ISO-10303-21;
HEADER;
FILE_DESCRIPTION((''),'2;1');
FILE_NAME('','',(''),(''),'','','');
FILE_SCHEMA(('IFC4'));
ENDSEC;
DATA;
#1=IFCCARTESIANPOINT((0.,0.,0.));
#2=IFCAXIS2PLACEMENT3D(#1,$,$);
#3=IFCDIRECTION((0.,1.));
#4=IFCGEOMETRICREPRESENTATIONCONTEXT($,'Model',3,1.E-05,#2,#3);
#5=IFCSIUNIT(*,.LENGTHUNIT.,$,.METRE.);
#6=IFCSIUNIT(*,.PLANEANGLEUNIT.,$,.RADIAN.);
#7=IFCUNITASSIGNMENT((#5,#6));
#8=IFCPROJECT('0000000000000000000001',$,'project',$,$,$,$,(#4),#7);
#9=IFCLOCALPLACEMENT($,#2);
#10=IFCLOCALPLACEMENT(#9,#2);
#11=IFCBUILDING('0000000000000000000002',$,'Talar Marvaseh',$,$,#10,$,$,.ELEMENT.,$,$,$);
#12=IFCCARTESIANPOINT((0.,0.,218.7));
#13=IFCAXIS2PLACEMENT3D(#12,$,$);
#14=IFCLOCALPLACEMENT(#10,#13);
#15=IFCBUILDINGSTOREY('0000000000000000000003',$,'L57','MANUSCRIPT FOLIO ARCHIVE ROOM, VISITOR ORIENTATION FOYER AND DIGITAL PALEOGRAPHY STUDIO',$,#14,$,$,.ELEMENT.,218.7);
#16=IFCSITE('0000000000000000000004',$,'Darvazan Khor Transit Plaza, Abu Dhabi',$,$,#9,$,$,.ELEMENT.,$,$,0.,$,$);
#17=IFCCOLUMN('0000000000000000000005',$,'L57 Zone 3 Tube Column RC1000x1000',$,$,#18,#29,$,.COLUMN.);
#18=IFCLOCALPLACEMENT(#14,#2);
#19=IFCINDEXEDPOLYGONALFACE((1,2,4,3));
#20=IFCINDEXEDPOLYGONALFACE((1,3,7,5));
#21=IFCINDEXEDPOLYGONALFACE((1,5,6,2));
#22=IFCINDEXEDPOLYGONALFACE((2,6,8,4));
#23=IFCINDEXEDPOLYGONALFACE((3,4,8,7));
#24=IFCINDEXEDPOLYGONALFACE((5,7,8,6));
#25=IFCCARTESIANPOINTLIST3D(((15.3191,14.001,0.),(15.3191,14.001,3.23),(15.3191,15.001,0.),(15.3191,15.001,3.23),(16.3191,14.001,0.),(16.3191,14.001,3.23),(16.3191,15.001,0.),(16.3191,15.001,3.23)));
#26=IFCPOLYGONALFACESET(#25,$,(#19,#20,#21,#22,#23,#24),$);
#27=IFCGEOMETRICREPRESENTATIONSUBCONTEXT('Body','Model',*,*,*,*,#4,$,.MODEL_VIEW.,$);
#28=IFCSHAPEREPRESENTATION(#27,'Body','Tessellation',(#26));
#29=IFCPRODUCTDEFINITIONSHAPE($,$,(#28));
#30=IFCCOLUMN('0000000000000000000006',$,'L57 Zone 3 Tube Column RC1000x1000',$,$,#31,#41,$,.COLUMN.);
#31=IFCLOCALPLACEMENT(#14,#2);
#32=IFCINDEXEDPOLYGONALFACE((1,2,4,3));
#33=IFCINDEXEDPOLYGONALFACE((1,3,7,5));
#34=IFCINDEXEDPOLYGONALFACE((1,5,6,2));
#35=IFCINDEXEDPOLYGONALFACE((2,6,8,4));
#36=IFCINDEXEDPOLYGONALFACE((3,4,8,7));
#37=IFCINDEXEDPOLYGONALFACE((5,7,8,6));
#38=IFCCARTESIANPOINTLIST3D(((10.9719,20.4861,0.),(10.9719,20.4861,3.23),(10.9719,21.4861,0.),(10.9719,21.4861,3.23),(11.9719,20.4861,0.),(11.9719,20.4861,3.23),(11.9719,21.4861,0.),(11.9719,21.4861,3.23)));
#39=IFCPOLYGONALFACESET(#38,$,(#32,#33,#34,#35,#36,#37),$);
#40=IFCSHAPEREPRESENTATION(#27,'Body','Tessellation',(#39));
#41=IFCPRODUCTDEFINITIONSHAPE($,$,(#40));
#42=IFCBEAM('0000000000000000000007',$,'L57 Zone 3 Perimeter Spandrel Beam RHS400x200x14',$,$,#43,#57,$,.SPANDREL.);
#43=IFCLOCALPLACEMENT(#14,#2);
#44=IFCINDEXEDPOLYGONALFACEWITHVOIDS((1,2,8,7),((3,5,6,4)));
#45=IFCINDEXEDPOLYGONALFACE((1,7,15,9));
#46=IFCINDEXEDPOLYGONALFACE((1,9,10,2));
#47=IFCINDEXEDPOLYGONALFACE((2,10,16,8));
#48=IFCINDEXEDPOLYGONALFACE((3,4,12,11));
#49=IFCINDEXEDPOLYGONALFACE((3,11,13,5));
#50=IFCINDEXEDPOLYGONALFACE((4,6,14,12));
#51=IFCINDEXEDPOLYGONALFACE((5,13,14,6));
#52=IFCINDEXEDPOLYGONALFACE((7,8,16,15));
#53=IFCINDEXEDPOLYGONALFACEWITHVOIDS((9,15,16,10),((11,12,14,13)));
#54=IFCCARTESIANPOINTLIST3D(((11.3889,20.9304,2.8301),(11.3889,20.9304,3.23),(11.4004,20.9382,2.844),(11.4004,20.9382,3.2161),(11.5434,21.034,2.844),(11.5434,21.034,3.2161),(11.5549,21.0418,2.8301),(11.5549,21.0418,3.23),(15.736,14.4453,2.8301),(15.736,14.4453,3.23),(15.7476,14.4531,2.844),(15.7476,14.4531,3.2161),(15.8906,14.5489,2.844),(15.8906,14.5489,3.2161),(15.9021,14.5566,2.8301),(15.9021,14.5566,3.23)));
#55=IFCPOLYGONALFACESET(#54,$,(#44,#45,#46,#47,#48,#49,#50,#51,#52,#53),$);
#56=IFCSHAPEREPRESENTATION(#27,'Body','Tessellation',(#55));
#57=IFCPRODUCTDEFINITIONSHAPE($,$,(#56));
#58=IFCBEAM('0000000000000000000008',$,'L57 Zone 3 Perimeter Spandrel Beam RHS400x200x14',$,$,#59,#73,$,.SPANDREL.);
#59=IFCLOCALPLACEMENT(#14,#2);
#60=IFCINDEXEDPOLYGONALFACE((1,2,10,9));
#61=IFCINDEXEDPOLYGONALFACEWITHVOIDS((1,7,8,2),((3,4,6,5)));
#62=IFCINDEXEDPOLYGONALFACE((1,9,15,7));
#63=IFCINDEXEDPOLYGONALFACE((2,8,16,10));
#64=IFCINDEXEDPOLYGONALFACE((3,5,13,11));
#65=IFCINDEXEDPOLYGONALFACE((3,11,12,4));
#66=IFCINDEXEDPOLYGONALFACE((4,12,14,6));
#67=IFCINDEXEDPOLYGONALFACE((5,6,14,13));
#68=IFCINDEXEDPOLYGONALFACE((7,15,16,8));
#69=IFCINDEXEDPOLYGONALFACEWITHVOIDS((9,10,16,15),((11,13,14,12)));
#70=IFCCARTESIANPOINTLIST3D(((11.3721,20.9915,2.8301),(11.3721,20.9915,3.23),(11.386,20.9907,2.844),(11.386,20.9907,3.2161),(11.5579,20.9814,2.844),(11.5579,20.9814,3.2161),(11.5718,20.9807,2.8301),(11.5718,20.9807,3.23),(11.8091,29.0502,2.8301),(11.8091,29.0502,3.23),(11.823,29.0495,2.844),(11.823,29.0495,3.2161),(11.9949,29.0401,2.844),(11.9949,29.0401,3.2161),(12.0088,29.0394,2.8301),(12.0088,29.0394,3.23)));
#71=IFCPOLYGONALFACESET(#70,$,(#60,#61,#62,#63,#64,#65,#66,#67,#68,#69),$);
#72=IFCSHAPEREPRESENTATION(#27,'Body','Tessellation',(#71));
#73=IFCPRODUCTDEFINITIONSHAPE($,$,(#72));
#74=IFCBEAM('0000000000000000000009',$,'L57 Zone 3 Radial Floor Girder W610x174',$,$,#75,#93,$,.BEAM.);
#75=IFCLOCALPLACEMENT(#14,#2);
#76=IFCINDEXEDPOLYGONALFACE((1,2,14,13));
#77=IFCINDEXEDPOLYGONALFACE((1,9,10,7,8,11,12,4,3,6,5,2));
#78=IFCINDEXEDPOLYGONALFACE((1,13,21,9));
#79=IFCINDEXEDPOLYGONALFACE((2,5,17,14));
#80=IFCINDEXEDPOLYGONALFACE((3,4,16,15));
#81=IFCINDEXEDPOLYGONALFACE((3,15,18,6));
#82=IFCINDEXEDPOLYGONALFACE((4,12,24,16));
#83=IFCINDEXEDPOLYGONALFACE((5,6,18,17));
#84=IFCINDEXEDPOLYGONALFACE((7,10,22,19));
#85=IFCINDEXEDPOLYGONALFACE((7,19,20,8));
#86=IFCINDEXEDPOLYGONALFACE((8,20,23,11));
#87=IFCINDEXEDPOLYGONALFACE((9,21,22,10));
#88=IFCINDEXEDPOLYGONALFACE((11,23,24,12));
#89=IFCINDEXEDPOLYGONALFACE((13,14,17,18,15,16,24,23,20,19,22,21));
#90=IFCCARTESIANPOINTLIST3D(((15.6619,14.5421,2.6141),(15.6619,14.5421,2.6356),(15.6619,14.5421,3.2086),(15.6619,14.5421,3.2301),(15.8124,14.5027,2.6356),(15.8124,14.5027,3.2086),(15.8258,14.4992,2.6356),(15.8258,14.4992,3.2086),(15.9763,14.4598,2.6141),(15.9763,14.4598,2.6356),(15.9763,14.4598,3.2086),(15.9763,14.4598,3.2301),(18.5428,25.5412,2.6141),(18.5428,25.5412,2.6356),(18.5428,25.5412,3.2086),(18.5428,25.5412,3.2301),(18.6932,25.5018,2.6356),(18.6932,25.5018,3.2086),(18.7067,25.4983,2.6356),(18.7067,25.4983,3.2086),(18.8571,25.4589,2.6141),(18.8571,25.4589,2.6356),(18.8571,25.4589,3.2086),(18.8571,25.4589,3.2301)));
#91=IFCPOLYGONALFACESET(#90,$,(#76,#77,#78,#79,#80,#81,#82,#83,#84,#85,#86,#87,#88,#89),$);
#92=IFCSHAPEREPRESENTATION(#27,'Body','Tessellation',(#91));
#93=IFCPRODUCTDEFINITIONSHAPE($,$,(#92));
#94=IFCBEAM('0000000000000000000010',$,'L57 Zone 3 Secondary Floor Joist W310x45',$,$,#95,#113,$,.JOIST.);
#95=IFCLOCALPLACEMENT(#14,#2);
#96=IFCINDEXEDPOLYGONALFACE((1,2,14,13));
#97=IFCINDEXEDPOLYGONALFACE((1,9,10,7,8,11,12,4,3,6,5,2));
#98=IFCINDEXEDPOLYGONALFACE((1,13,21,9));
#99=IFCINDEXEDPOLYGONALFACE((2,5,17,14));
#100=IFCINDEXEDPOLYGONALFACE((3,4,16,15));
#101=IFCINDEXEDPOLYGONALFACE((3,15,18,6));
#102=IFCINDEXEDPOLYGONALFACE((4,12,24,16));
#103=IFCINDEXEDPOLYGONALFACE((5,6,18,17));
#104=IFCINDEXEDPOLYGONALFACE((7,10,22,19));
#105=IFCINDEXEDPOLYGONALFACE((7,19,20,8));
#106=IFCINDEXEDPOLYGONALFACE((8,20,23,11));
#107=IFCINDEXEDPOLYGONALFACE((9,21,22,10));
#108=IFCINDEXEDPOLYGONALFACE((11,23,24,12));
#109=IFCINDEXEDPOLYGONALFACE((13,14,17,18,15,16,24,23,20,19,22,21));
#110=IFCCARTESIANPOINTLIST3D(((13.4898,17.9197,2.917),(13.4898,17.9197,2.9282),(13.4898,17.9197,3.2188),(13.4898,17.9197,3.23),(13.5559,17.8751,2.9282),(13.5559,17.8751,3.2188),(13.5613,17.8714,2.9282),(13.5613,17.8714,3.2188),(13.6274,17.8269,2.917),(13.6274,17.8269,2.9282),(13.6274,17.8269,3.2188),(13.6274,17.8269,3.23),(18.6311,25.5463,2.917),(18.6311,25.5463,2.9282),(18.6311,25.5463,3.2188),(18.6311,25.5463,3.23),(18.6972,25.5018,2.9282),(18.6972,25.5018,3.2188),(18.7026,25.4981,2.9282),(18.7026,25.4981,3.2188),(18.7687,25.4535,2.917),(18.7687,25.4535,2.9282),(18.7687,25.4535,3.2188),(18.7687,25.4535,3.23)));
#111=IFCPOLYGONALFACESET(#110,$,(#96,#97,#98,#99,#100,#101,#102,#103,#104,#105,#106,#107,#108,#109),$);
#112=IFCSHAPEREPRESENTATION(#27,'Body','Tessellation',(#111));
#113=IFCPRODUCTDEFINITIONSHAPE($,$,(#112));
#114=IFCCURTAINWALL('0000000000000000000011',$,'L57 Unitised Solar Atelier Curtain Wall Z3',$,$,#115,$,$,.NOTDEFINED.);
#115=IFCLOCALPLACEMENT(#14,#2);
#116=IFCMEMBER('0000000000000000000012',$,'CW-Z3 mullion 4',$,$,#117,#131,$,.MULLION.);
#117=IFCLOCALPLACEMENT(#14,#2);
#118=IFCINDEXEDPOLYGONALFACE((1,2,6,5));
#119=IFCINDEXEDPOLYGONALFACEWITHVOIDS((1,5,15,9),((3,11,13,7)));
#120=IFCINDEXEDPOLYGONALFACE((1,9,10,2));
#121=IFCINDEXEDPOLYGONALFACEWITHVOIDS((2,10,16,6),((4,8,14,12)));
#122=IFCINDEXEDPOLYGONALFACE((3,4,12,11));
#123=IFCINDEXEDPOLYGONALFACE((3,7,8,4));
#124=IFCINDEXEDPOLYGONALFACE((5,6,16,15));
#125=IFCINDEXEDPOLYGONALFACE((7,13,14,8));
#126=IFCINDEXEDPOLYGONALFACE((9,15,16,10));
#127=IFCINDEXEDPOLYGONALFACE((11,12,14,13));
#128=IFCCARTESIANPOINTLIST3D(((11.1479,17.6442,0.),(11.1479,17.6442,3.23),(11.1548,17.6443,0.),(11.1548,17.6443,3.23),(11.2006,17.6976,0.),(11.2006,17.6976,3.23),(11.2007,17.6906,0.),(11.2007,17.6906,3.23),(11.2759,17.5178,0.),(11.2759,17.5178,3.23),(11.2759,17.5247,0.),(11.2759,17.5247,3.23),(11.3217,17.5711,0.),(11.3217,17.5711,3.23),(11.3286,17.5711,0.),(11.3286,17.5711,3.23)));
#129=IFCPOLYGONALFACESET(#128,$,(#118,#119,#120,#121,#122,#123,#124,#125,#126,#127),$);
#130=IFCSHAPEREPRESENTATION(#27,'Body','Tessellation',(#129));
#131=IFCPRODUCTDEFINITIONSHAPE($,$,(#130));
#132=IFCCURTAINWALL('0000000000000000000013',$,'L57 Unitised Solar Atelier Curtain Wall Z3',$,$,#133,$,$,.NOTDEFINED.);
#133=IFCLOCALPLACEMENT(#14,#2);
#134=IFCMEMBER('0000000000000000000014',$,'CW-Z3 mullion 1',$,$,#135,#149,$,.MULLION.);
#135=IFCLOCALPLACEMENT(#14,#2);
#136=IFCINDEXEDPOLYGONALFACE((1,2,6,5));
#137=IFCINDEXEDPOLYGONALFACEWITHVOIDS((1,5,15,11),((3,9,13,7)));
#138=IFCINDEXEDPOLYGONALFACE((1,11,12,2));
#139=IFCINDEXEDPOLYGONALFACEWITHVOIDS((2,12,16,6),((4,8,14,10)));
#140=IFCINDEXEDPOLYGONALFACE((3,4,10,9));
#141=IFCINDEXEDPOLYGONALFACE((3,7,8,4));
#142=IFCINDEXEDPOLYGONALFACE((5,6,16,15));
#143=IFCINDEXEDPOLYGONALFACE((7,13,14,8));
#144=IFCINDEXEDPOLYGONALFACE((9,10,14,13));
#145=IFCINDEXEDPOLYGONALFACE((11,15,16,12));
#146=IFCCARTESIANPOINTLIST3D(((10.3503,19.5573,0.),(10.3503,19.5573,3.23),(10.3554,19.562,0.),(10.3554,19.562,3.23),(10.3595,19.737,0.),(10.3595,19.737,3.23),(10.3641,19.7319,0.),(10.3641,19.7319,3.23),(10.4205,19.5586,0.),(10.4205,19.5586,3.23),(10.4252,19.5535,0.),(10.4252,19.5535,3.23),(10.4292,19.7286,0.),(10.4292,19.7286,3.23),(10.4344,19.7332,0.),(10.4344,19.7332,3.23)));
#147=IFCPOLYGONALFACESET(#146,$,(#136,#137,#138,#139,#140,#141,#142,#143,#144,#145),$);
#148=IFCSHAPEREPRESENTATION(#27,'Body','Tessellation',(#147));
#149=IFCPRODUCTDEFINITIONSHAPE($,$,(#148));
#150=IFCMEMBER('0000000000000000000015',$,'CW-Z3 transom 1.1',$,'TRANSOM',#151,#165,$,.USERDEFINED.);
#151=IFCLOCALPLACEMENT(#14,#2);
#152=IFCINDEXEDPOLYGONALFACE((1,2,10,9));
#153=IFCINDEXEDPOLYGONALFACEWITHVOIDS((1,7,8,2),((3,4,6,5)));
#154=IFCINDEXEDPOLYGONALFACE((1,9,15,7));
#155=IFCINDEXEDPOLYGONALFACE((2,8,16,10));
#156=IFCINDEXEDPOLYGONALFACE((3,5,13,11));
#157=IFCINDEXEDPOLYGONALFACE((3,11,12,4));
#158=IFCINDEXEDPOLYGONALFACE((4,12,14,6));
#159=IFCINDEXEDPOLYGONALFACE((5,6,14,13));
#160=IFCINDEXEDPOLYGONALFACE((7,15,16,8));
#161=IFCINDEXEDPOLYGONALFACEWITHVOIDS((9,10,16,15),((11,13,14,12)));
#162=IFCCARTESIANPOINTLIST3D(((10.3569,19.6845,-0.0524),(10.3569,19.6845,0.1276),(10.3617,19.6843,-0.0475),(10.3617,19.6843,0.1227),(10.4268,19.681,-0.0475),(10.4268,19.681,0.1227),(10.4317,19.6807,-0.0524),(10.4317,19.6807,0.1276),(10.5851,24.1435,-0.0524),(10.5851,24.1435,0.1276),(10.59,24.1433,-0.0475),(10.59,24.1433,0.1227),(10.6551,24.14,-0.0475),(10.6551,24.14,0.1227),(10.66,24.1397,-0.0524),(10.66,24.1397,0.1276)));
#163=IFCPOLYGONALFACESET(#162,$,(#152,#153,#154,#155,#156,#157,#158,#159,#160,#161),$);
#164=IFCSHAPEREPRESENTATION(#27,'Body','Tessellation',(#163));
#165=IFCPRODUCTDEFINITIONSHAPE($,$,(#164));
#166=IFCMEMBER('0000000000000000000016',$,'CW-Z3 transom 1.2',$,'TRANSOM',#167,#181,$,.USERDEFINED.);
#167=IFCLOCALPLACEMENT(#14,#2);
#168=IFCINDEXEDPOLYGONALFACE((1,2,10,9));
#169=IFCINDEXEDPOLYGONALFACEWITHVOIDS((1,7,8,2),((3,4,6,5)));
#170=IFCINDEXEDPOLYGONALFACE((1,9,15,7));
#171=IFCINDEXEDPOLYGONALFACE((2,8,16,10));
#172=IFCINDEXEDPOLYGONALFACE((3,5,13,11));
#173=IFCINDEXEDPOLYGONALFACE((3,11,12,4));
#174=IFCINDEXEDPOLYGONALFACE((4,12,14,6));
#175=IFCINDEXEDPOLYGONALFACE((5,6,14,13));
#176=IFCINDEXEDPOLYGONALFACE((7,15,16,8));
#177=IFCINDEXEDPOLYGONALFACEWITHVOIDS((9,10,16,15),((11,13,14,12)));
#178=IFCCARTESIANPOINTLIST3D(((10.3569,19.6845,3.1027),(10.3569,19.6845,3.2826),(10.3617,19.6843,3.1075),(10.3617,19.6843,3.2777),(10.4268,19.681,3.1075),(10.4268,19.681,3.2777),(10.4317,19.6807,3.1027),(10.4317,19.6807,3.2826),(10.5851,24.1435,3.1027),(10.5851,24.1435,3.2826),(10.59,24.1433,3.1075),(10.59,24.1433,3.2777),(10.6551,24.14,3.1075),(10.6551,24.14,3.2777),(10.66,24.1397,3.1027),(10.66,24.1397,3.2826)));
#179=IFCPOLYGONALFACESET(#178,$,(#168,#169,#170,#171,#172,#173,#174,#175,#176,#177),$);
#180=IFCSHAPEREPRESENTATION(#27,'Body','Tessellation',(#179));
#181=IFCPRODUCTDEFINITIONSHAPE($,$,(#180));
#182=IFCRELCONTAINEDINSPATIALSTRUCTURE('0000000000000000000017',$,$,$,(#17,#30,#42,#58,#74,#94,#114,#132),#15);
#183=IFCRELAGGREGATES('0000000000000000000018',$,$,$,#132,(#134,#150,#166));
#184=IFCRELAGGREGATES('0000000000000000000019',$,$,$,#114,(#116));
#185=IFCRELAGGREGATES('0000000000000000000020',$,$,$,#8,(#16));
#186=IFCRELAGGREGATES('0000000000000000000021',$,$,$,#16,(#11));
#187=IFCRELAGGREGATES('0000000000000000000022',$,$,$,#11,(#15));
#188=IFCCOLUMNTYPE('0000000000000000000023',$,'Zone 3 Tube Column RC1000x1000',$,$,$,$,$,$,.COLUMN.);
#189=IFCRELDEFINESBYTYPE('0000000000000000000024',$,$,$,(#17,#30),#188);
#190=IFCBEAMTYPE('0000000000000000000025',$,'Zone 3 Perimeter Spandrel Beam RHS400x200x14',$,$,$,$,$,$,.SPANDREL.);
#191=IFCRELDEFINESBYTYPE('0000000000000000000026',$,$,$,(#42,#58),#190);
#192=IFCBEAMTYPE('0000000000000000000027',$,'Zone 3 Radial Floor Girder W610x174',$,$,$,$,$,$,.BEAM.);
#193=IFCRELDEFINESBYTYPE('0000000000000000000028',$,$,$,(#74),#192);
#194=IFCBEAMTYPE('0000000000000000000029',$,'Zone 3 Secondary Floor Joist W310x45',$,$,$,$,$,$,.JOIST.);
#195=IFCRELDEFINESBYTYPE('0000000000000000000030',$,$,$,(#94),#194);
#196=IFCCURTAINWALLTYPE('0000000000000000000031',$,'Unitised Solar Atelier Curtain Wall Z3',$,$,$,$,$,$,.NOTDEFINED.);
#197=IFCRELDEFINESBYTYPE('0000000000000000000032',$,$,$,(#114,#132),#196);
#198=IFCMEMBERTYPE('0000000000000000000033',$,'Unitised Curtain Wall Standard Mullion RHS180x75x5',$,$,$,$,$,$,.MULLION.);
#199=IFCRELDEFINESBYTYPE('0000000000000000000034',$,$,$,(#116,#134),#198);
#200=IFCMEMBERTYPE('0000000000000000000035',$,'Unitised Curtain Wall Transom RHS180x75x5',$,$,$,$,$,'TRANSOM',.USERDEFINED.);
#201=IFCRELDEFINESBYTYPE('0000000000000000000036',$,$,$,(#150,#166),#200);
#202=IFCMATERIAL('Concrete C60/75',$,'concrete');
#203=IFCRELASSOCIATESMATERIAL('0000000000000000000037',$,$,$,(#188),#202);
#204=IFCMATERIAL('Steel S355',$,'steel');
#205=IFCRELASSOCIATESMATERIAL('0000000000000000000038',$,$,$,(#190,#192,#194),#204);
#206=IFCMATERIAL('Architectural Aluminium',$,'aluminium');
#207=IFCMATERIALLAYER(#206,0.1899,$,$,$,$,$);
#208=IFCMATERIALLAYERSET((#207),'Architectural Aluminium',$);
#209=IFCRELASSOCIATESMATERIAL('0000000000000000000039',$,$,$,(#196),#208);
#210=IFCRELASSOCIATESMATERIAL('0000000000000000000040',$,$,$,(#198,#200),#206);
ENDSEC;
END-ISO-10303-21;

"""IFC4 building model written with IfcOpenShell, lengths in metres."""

from ifc_helpers import new_model, si_unit, direction, frame, origin, origin_2d, place, context, subcontext, project, spatial, rectangle, hollow_rectangle, i_section, extrude, source, transform, mapped, material, layer, layer_set, material_profile, profile_set, type_object, type_shapes, element, aggregate, save


model = new_model("IFC4")

# Units and contexts
model_context = context("Model", 3, precision=1e-05, world=origin(), true_north=direction((0.0, 1.0)))
body_context = subcontext(model_context, "Body", "Model", "MODEL_VIEW")
ifc_project = project(units=[si_unit("LENGTHUNIT", "METRE"), si_unit("PLANEANGLEUNIT", "RADIAN")], contexts=[model_context])

# Site, building, storey
site_placement = place(None, origin())
site = spatial("IfcSite", under=ifc_project, at=site_placement, Name="Darvazan Khor Transit Plaza, Abu Dhabi", CompositionType="ELEMENT", RefElevation=0.0)
building_placement = place(site_placement, origin())
building = spatial("IfcBuilding", under=site, at=building_placement, Name="Talar Marvaseh", CompositionType="ELEMENT")
storey_placement = place(building_placement, frame((0.0, 0.0, 218.7)))
storey = spatial("IfcBuildingStorey", under=building, at=storey_placement, Name="L57", Description="MANUSCRIPT FOLIO ARCHIVE ROOM, VISITOR ORIENTATION FOYER AND DIGITAL PALEOGRAPHY STUDIO", CompositionType="ELEMENT", Elevation=218.7)

# Columns
ifc_material_1 = material(Name="Concrete C60/75", Category="concrete")
ifc_material_profile_1 = material_profile(ifc_material_1, rectangle(XDim=1.0, YDim=1.0, at=origin_2d()), Name="RC1000x1000")
ifc_profile_set_1 = profile_set([ifc_material_profile_1], Name="Concrete C60/75")
column_type = type_object("IfcColumnType", Name="Zone 3 Tube Column RC1000x1000", PredefinedType="COLUMN", material=ifc_profile_set_1)
for number, where, z_axis, x_axis, name in (
    (1, (15.8191, 14.501, 0.0), (0.0, 0.0, 1.0), (1.0, 0.0, 0.0), "L57 Zone 3 Tube Column RC1000x1000"),
    (2, (11.4719, 20.9861, 0.0), (0.0, 0.0, 1.0), (1.0, 0.0, 0.0), "L57 Zone 3 Tube Column RC1000x1000"),
):
    element("IfcColumn", number, at=place(storey_placement, frame(where, z_axis=z_axis, x_axis=x_axis)), inside=storey, type_object=column_type, Name=name, PredefinedType="COLUMN", context=body_context, shape_type="SweptSolid", body=[
        extrude(rectangle(XDim=1.0, YDim=1.0, at=origin_2d()), origin(), (0.0, 0.0, 1.0), 3.23),
    ])

# Beams
ifc_material_2 = material(Name="Steel S355", Category="steel")
ifc_material_profile_2 = material_profile(ifc_material_2, hollow_rectangle(XDim=0.2, YDim=0.3999, WallThickness=0.0139, at=origin_2d()), Name="RHS400x200x14")
ifc_profile_set_2 = profile_set([ifc_material_profile_2], Name="Steel S355")
beam_type_1 = type_object("IfcBeamType", Name="Zone 3 Perimeter Spandrel Beam RHS400x200x14", PredefinedType="SPANDREL", material=ifc_profile_set_2)
beam_1_placement = place(storey_placement, frame((15.8191, 14.501, 3.03), z_axis=(-0.556806, 0.830643, 0.0), x_axis=(-0.830643, -0.556806, 0.0)))
element("IfcBeam", 3, at=beam_1_placement, inside=storey, type_object=beam_type_1, Name="L57 Zone 3 Perimeter Spandrel Beam RHS400x200x14", PredefinedType="SPANDREL", context=body_context, shape_type="SweptSolid", body=[
    extrude(hollow_rectangle(XDim=0.2, YDim=0.3999, WallThickness=0.0139, at=origin_2d()), origin(), (0.0, 0.0, 1.0), 7.8074),
])
beam_2_placement = place(storey_placement, frame((11.4719, 20.9861, 3.03), z_axis=(0.054148, 0.998533, 0.0), x_axis=(-0.998533, 0.054148, 0.0)))
element("IfcBeam", 4, at=beam_2_placement, inside=storey, type_object=beam_type_1, Name="L57 Zone 3 Perimeter Spandrel Beam RHS400x200x14", PredefinedType="SPANDREL", context=body_context, shape_type="SweptSolid", body=[
    extrude(hollow_rectangle(XDim=0.2, YDim=0.3999, WallThickness=0.0139, at=origin_2d()), origin(), (0.0, 0.0, 1.0), 8.0706),
])
ifc_material_profile_3 = material_profile(ifc_material_2, i_section(OverallWidth=0.325, OverallDepth=0.616, WebThickness=0.0139, FlangeThickness=0.0215, at=origin_2d()), Name="W610x174")
ifc_profile_set_3 = profile_set([ifc_material_profile_3], Name="Steel S355")
beam_type_2 = type_object("IfcBeamType", Name="Zone 3 Radial Floor Girder W610x174", PredefinedType="BEAM", material=ifc_profile_set_3)
beam_3_placement = place(storey_placement, frame((15.8191, 14.501, 2.9221), z_axis=(0.253373, 0.967369, 0.0), x_axis=(-0.967369, 0.253373, 0.0)))
element("IfcBeam", 5, at=beam_3_placement, inside=storey, type_object=beam_type_2, Name="L57 Zone 3 Radial Floor Girder W610x174", PredefinedType="BEAM", context=body_context, shape_type="SweptSolid", body=[
    extrude(i_section(OverallWidth=0.325, OverallDepth=0.616, WebThickness=0.0139, FlangeThickness=0.0215, at=origin_2d()), origin(), (0.0, 0.0, 1.0), 11.3701),
])
ifc_material_profile_4 = material_profile(ifc_material_2, i_section(OverallWidth=0.166, OverallDepth=0.313, WebThickness=0.0066, FlangeThickness=0.0112, at=origin_2d()), Name="W310x45")
ifc_profile_set_4 = profile_set([ifc_material_profile_4], Name="Steel S355")
beam_type_3 = type_object("IfcBeamType", Name="Zone 3 Secondary Floor Joist W310x45", PredefinedType="JOIST", material=ifc_profile_set_4)
beam_4_placement = place(storey_placement, frame((13.5586, 17.8733, 3.0735), z_axis=(0.558974, 0.829185, 0.0), x_axis=(-0.829185, 0.558974, 0.0)))
element("IfcBeam", 6, at=beam_4_placement, inside=storey, type_object=beam_type_3, Name="L57 Zone 3 Secondary Floor Joist W310x45", PredefinedType="JOIST", context=body_context, shape_type="SweptSolid", body=[
    extrude(i_section(OverallWidth=0.166, OverallDepth=0.313, WebThickness=0.0066, FlangeThickness=0.0112, at=origin_2d()), origin(), (0.0, 0.0, 1.0), 9.1978),
])

# Curtain wall, member
ifc_material_3 = material(Name="Architectural Aluminium", Category="aluminium")
ifc_layer_1 = layer(ifc_material_3, 0.1899)
ifc_layer_set_1 = layer_set([ifc_layer_1], Name="Architectural Aluminium")
curtain_wall_type = type_object("IfcCurtainWallType", Name="Unitised Solar Atelier Curtain Wall Z3", PredefinedType="NOTDEFINED", material=ifc_layer_set_1)
curtain_wall_1_placement = place(storey_placement, origin())
curtain_wall_1 = element("IfcCurtainWall", 7, at=curtain_wall_1_placement, inside=storey, type_object=curtain_wall_type, Name="L57 Unitised Solar Atelier Curtain Wall Z3", PredefinedType="NOTDEFINED")
ifc_material_profile_5 = material_profile(ifc_material_3, hollow_rectangle(XDim=0.075, YDim=0.1799, WallThickness=0.0049, at=origin_2d()), Name="RHS180x75x5")
ifc_profile_set_5 = profile_set([ifc_material_profile_5], Name="Architectural Aluminium")
member_type_1 = type_object("IfcMemberType", Name="Unitised Curtain Wall Standard Mullion RHS180x75x5", PredefinedType="MULLION", material=ifc_profile_set_5)
shared_shape_1 = source(origin(), body_context, "Body", "SweptSolid", [
    extrude(hollow_rectangle(XDim=0.075, YDim=0.1799, WallThickness=0.0049, at=origin_2d()), origin(), (0.0, 0.0, 1.0), 3.23),
])
type_shapes(member_type_1, [shared_shape_1])
member_1_placement = place(storey_placement, frame((11.2383, 17.6077, 0.0), z_axis=(0.0, 0.0, 1.0), x_axis=(-0.702824, -0.711364, 0.0)))
member_1 = element("IfcMember", 8, at=member_1_placement, type_object=member_type_1, Name="CW-Z3 mullion 4", PredefinedType="MULLION", context=body_context, shape_type="MappedRepresentation", body=[
    mapped(shared_shape_1, transform((0.0, 0.0, 0.0), x_axis=(1.0, 0.0, 0.0), y_axis=(0.0, 1.0, 0.0), z_axis=(0.0, 0.0, 1.0), scale=1.0)),
])

# Curtain wall, members
curtain_wall_2_placement = place(storey_placement, origin())
curtain_wall_2 = element("IfcCurtainWall", 9, at=curtain_wall_2_placement, inside=storey, type_object=curtain_wall_type, Name="L57 Unitised Solar Atelier Curtain Wall Z3", PredefinedType="NOTDEFINED")
member_2_placement = place(storey_placement, frame((10.3923, 19.6453, 0.0), z_axis=(0.0, 0.0, 1.0), x_axis=(-0.998691, 0.051152, 0.0)))
member_2 = element("IfcMember", 10, at=member_2_placement, type_object=member_type_1, Name="CW-Z3 mullion 1", PredefinedType="MULLION", context=body_context, shape_type="MappedRepresentation", body=[
    mapped(shared_shape_1, transform((0.0, 0.0, 0.0), x_axis=(1.0, 0.0, 0.0), y_axis=(0.0, 1.0, 0.0), z_axis=(0.0, 0.0, 1.0), scale=1.0)),
])
ifc_material_profile_6 = material_profile(ifc_material_3, hollow_rectangle(XDim=0.075, YDim=0.1799, WallThickness=0.0049, at=origin_2d()), Name="RHS180x75x5")
ifc_profile_set_6 = profile_set([ifc_material_profile_6], Name="Architectural Aluminium")
member_type_2 = type_object("IfcMemberType", Name="Unitised Curtain Wall Transom RHS180x75x5", ElementType="TRANSOM", PredefinedType="USERDEFINED", material=ifc_profile_set_6)
shared_shape_2 = source(origin(), body_context, "Body", "SweptSolid", [
    extrude(hollow_rectangle(XDim=0.075, YDim=0.1799, WallThickness=0.0049, at=origin_2d()), origin(), (0.0, 0.0, 1.0), 4.4648),
])
type_shapes(member_type_2, [shared_shape_2])
member_3_placement = place(storey_placement, frame((10.3943, 19.6826, 0.0376), z_axis=(0.051127, 0.998692, 0.0), x_axis=(-0.998692, 0.051127, 0.0)))
member_3 = element("IfcMember", 11, at=member_3_placement, type_object=member_type_2, Name="CW-Z3 transom 1.1", ObjectType="TRANSOM", PredefinedType="USERDEFINED", context=body_context, shape_type="MappedRepresentation", body=[
    mapped(shared_shape_2, transform((0.0, 0.0, 0.0), x_axis=(1.0, 0.0, 0.0), y_axis=(0.0, 1.0, 0.0), z_axis=(0.0, 0.0, 1.0), scale=1.0)),
])
member_4_placement = place(storey_placement, frame((10.3943, 19.6826, 3.1926), z_axis=(0.051127, 0.998692, 0.0), x_axis=(-0.998692, 0.051127, 0.0)))
member_4 = element("IfcMember", 12, at=member_4_placement, type_object=member_type_2, Name="CW-Z3 transom 1.2", ObjectType="TRANSOM", PredefinedType="USERDEFINED", context=body_context, shape_type="MappedRepresentation", body=[
    mapped(shared_shape_2, transform((0.0, 0.0, 0.0), x_axis=(1.0, 0.0, 0.0), y_axis=(0.0, 1.0, 0.0), z_axis=(0.0, 0.0, 1.0), scale=1.0)),
])
aggregate(curtain_wall_2, [member_2, member_3, member_4])

aggregate(curtain_wall_1, [member_1])

save(model, "model.ifc")
